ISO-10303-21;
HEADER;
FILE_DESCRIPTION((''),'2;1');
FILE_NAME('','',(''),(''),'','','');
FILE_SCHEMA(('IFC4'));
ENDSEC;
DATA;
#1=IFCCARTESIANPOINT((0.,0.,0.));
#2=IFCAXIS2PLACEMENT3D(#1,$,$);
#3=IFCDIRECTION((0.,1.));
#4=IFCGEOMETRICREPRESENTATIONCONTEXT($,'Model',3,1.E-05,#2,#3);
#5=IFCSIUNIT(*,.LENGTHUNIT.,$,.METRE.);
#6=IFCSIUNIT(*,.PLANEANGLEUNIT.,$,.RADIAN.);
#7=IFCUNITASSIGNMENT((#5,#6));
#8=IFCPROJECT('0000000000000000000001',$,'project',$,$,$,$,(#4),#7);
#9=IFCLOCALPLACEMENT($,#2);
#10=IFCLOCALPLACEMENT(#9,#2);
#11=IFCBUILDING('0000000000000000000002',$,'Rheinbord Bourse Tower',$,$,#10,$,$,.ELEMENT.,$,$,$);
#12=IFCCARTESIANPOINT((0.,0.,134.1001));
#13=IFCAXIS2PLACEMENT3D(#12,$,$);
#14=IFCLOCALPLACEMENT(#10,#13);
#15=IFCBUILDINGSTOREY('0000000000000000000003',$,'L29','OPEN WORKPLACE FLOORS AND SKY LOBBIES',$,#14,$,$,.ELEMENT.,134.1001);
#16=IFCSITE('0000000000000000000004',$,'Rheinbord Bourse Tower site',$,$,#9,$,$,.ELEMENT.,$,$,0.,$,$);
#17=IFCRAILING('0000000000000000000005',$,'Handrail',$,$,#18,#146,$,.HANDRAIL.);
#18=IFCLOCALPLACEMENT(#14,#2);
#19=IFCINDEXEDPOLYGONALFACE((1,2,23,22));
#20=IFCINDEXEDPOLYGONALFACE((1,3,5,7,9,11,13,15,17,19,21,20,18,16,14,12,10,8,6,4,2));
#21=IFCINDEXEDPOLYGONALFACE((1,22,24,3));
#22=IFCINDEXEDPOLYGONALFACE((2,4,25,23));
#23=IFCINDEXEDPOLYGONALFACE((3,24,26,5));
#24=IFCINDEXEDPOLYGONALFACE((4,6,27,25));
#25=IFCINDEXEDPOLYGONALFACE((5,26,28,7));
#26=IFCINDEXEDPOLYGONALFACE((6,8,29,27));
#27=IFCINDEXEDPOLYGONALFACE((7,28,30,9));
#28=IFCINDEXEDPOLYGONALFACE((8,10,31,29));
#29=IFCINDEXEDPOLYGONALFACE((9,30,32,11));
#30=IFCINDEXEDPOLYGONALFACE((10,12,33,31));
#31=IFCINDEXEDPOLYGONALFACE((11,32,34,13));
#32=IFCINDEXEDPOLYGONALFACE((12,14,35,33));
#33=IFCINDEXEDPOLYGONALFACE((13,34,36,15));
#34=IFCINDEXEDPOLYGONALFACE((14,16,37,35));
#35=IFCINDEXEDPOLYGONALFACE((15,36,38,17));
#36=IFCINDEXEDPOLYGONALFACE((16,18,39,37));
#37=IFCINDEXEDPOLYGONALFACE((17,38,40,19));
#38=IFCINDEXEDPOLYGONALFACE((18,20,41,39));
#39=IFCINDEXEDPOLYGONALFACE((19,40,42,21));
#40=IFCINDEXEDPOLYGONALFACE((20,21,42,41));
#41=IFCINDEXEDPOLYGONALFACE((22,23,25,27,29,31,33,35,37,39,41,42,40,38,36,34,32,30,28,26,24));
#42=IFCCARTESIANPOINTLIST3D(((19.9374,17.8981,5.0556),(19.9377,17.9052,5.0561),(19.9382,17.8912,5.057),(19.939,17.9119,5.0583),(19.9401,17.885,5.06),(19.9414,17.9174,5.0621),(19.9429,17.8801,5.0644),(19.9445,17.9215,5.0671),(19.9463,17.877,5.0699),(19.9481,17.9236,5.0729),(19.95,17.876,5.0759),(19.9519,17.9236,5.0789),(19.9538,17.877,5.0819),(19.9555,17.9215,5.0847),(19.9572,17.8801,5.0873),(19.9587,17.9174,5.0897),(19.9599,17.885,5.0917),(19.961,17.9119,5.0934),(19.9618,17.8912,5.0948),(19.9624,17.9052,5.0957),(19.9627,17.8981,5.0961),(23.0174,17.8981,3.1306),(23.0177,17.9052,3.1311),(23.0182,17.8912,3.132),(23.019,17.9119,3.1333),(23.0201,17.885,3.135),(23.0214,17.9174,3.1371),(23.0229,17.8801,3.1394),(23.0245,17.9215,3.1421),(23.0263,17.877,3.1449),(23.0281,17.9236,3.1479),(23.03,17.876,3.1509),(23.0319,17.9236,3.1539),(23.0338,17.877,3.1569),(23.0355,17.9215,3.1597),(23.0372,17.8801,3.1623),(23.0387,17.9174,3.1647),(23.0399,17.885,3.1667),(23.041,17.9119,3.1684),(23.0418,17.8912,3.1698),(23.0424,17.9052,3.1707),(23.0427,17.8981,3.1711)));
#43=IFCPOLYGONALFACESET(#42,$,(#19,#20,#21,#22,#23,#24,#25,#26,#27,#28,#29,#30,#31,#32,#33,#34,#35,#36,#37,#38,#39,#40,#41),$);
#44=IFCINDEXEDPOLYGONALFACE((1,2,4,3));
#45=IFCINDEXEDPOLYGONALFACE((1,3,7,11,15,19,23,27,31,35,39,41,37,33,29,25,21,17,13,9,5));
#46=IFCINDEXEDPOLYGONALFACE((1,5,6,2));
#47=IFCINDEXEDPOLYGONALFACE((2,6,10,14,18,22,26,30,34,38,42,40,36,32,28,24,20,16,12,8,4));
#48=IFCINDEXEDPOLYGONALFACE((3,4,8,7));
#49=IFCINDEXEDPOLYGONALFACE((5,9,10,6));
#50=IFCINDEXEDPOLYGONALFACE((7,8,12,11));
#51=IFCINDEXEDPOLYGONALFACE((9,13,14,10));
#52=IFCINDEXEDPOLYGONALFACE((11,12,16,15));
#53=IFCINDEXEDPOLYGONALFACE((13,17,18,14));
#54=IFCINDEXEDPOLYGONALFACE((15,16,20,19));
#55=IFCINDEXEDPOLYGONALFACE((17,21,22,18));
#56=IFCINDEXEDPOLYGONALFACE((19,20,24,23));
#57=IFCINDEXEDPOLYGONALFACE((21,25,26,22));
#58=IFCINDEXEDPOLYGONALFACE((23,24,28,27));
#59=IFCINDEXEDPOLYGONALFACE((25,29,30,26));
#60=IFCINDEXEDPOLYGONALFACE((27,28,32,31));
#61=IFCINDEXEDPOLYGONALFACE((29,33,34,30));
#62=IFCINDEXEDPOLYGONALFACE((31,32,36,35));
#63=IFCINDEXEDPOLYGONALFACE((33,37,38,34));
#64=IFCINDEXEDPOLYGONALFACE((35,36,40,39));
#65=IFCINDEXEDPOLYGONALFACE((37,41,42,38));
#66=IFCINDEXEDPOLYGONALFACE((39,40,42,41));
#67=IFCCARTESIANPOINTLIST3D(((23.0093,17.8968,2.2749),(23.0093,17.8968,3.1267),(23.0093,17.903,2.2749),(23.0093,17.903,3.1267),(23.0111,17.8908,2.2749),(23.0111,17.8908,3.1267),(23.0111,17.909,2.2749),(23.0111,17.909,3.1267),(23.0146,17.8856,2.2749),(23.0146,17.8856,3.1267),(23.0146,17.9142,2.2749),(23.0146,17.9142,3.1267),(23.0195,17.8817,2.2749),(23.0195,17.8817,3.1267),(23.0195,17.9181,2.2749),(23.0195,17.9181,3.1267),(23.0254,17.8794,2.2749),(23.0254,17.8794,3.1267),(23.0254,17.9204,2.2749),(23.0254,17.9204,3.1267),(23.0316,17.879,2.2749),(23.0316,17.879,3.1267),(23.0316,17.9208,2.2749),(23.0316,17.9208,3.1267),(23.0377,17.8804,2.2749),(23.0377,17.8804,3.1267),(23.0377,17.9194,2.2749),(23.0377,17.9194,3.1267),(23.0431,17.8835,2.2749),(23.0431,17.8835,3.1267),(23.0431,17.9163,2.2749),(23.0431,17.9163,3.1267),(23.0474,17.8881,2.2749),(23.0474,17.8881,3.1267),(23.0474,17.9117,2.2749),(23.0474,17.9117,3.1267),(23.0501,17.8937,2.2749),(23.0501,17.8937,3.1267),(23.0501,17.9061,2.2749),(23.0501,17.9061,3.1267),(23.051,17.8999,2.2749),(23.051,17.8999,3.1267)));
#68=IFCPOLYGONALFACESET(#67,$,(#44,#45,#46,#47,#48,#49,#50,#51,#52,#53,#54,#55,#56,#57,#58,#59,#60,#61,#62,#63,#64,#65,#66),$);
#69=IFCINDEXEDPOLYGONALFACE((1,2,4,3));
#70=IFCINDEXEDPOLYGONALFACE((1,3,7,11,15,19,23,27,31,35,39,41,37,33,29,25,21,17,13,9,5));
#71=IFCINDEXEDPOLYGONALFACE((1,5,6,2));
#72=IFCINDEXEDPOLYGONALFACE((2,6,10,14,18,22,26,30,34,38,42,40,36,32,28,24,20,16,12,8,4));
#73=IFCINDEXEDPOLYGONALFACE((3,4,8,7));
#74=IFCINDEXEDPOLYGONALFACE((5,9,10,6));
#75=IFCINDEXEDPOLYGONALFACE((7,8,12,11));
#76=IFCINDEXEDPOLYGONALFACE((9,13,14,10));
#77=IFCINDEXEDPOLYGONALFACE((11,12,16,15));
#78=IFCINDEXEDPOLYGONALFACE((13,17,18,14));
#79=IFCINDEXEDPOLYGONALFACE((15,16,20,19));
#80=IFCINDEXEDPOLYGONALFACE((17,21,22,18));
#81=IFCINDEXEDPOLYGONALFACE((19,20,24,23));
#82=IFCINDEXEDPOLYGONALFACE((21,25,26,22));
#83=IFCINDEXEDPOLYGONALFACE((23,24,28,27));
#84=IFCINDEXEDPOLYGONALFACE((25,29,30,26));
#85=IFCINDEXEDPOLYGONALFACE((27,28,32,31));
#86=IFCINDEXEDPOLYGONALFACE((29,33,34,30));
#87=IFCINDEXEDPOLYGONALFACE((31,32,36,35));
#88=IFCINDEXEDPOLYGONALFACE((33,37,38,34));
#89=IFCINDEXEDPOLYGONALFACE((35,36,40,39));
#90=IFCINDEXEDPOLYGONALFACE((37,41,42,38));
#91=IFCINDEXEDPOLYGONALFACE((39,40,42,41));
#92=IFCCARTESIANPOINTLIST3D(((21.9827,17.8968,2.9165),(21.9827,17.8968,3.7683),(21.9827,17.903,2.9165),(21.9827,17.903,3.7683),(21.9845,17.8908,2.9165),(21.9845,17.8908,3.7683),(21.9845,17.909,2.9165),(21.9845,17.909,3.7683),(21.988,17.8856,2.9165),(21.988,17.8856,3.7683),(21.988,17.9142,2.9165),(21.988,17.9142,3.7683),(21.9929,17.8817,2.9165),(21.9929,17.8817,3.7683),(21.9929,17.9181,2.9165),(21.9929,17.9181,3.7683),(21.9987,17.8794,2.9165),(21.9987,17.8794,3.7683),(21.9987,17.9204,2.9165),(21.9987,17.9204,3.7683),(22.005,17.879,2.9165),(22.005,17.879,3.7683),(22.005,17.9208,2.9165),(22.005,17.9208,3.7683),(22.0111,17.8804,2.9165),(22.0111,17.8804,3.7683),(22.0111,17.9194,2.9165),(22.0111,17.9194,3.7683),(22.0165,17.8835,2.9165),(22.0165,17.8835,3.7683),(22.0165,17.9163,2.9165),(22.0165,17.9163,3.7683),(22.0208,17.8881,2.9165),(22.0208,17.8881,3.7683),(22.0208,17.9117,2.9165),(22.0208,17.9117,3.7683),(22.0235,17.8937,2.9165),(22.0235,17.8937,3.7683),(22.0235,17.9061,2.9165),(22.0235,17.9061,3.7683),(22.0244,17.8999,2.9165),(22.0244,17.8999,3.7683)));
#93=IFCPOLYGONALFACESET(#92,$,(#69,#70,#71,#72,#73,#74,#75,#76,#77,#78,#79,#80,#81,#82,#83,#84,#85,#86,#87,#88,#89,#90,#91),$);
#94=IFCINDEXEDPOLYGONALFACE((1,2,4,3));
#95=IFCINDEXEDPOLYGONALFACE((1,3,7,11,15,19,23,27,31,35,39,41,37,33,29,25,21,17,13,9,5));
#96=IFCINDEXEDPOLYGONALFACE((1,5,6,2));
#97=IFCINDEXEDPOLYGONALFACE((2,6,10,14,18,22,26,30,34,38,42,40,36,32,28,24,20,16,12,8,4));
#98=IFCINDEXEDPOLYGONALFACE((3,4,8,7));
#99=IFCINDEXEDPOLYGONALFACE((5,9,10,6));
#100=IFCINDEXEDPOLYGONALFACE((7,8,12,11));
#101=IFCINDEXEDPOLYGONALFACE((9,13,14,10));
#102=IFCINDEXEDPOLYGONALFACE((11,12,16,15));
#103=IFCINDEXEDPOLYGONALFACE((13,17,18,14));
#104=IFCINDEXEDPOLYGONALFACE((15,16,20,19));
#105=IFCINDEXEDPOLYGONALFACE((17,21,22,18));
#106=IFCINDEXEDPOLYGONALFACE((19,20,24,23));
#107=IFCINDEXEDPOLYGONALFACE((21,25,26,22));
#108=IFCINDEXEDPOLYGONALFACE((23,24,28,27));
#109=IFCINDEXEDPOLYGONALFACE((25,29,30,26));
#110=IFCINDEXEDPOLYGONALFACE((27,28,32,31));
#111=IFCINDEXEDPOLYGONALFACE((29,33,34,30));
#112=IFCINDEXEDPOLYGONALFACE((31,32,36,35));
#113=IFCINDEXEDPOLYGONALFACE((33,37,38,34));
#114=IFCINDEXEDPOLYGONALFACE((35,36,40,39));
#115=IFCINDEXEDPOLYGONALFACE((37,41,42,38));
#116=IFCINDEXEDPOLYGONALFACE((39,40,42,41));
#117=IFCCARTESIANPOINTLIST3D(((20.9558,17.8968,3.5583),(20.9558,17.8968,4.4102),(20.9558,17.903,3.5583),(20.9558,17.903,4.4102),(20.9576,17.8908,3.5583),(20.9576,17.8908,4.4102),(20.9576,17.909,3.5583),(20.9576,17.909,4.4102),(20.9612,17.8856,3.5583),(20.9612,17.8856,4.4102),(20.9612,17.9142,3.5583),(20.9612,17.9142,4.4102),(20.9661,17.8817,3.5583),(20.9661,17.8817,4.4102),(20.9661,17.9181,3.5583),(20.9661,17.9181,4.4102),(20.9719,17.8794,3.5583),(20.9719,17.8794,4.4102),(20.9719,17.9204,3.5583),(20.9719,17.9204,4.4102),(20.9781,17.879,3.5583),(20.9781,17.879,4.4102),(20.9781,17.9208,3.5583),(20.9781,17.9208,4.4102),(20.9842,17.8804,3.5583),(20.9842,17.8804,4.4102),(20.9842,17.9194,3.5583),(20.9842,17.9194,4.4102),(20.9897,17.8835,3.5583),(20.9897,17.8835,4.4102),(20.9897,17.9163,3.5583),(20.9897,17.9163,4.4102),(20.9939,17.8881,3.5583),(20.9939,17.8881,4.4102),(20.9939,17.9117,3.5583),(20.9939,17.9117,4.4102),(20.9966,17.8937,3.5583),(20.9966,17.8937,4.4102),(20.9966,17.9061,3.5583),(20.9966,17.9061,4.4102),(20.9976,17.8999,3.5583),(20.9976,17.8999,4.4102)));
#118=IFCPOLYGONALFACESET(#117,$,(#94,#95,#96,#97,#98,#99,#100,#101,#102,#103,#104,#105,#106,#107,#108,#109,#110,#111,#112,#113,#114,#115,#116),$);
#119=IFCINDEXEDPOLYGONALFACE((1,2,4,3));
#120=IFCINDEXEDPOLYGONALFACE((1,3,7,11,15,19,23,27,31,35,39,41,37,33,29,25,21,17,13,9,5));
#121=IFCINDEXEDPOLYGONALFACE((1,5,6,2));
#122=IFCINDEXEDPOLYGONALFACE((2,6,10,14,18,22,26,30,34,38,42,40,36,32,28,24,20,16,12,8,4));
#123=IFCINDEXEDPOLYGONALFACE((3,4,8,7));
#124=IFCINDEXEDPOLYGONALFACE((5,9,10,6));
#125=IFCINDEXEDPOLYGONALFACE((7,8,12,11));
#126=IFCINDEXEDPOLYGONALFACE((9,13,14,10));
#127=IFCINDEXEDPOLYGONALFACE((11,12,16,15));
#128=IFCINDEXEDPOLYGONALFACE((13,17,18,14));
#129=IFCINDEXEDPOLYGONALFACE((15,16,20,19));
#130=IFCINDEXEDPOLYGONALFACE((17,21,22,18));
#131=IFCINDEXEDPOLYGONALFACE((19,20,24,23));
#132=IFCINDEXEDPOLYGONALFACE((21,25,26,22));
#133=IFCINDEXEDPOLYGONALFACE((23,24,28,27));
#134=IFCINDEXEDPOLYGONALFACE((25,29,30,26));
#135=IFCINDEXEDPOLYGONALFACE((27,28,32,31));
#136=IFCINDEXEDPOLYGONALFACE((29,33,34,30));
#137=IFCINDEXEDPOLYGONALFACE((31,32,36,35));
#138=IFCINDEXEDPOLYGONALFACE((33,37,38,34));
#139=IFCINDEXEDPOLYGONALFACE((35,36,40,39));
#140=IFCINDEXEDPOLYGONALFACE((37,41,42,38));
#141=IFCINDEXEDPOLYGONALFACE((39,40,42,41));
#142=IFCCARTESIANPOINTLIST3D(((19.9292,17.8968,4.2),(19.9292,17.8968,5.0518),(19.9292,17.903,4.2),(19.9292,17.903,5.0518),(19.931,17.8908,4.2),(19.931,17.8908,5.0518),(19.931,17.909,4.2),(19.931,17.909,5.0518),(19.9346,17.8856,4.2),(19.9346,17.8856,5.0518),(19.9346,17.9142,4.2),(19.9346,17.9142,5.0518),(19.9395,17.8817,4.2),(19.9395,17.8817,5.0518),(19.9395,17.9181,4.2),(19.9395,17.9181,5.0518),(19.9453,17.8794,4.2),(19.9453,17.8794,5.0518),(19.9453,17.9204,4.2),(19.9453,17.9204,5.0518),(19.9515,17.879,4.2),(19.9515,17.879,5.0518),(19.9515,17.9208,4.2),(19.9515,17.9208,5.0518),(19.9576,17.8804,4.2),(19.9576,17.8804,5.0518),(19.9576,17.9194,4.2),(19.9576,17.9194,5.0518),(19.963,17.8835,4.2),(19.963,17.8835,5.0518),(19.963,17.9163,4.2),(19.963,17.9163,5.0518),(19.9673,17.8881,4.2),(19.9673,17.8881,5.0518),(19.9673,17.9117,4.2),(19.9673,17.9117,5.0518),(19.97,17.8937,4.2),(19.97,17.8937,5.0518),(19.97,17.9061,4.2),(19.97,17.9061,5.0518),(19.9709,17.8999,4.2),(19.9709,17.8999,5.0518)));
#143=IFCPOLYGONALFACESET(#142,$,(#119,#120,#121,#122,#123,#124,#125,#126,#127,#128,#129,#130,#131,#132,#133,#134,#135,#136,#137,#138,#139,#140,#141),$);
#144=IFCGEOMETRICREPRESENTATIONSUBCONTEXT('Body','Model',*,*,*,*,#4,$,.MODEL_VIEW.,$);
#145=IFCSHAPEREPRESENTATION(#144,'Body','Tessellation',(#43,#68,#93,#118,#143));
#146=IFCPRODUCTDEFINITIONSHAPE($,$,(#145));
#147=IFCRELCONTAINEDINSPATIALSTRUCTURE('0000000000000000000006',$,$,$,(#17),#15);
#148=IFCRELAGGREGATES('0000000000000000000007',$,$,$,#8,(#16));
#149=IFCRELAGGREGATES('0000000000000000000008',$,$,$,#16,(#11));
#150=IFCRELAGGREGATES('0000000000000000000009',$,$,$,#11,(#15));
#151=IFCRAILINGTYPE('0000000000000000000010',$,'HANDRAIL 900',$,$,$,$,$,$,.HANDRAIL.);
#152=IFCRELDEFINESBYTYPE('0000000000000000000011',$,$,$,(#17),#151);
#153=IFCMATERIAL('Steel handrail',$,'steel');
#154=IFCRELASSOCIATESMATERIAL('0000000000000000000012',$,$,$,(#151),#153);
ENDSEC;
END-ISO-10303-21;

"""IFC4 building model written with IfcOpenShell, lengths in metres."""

from ifc_helpers import new_model, si_unit, direction, frame, origin, origin_2d, place, context, subcontext, project, spatial, circle, extrude, material, type_object, element, save


model = new_model("IFC4")

# Units and contexts
model_context = context("Model", 3, precision=1e-05, world=origin(), true_north=direction((0.0, 1.0)))
body_context = subcontext(model_context, "Body", "Model", "MODEL_VIEW")
ifc_project = project(units=[si_unit("LENGTHUNIT", "METRE"), si_unit("PLANEANGLEUNIT", "RADIAN")], contexts=[model_context])

# Site, building, storey
site_placement = place(None, origin())
site = spatial("IfcSite", under=ifc_project, at=site_placement, Name="Rheinbord Bourse Tower site", CompositionType="ELEMENT", RefElevation=0.0)
building_placement = place(site_placement, origin())
building = spatial("IfcBuilding", under=site, at=building_placement, Name="Rheinbord Bourse Tower", CompositionType="ELEMENT")
storey_placement = place(building_placement, frame((0.0, 0.0, 134.1001)))
storey = spatial("IfcBuildingStorey", under=building, at=storey_placement, Name="L29", Description="OPEN WORKPLACE FLOORS AND SKY LOBBIES", CompositionType="ELEMENT", Elevation=134.1001)

# Railing
ifc_material_1 = material(Name="Steel handrail", Category="steel")
railing_type = type_object("IfcRailingType", Name="HANDRAIL 900", PredefinedType="HANDRAIL", material=ifc_material_1)
railing_1_placement = place(storey_placement, frame((23.03, 17.8999, 2.2749)))
element("IfcRailing", 1, at=railing_1_placement, inside=storey, type_object=railing_type, Name="Handrail", PredefinedType="HANDRAIL", context=body_context, shape_type="SweptSolid", body=[
    extrude(circle(Radius=0.0239, at=origin_2d()), frame((0.0, 0.0, 0.876), z_axis=(-0.847998, 0.0, 0.529999), x_axis=(0.0, -1.0, 0.0)), (0.0, 0.0, 1.0), 3.6321),
    extrude(circle(Radius=0.021, at=origin_2d()), origin(), (0.0, 0.0, 1.0), 0.8518),
    extrude(circle(Radius=0.021, at=origin_2d()), frame((-1.0266, 0.0, 0.6416)), (0.0, 0.0, 1.0), 0.8518),
    extrude(circle(Radius=0.021, at=origin_2d()), frame((-2.0535, 0.0, 1.2834)), (0.0, 0.0, 1.0), 0.8518),
    extrude(circle(Radius=0.021, at=origin_2d()), frame((-3.0801, 0.0, 1.925)), (0.0, 0.0, 1.0), 0.8518),
])

save(model, "model.ifc")
